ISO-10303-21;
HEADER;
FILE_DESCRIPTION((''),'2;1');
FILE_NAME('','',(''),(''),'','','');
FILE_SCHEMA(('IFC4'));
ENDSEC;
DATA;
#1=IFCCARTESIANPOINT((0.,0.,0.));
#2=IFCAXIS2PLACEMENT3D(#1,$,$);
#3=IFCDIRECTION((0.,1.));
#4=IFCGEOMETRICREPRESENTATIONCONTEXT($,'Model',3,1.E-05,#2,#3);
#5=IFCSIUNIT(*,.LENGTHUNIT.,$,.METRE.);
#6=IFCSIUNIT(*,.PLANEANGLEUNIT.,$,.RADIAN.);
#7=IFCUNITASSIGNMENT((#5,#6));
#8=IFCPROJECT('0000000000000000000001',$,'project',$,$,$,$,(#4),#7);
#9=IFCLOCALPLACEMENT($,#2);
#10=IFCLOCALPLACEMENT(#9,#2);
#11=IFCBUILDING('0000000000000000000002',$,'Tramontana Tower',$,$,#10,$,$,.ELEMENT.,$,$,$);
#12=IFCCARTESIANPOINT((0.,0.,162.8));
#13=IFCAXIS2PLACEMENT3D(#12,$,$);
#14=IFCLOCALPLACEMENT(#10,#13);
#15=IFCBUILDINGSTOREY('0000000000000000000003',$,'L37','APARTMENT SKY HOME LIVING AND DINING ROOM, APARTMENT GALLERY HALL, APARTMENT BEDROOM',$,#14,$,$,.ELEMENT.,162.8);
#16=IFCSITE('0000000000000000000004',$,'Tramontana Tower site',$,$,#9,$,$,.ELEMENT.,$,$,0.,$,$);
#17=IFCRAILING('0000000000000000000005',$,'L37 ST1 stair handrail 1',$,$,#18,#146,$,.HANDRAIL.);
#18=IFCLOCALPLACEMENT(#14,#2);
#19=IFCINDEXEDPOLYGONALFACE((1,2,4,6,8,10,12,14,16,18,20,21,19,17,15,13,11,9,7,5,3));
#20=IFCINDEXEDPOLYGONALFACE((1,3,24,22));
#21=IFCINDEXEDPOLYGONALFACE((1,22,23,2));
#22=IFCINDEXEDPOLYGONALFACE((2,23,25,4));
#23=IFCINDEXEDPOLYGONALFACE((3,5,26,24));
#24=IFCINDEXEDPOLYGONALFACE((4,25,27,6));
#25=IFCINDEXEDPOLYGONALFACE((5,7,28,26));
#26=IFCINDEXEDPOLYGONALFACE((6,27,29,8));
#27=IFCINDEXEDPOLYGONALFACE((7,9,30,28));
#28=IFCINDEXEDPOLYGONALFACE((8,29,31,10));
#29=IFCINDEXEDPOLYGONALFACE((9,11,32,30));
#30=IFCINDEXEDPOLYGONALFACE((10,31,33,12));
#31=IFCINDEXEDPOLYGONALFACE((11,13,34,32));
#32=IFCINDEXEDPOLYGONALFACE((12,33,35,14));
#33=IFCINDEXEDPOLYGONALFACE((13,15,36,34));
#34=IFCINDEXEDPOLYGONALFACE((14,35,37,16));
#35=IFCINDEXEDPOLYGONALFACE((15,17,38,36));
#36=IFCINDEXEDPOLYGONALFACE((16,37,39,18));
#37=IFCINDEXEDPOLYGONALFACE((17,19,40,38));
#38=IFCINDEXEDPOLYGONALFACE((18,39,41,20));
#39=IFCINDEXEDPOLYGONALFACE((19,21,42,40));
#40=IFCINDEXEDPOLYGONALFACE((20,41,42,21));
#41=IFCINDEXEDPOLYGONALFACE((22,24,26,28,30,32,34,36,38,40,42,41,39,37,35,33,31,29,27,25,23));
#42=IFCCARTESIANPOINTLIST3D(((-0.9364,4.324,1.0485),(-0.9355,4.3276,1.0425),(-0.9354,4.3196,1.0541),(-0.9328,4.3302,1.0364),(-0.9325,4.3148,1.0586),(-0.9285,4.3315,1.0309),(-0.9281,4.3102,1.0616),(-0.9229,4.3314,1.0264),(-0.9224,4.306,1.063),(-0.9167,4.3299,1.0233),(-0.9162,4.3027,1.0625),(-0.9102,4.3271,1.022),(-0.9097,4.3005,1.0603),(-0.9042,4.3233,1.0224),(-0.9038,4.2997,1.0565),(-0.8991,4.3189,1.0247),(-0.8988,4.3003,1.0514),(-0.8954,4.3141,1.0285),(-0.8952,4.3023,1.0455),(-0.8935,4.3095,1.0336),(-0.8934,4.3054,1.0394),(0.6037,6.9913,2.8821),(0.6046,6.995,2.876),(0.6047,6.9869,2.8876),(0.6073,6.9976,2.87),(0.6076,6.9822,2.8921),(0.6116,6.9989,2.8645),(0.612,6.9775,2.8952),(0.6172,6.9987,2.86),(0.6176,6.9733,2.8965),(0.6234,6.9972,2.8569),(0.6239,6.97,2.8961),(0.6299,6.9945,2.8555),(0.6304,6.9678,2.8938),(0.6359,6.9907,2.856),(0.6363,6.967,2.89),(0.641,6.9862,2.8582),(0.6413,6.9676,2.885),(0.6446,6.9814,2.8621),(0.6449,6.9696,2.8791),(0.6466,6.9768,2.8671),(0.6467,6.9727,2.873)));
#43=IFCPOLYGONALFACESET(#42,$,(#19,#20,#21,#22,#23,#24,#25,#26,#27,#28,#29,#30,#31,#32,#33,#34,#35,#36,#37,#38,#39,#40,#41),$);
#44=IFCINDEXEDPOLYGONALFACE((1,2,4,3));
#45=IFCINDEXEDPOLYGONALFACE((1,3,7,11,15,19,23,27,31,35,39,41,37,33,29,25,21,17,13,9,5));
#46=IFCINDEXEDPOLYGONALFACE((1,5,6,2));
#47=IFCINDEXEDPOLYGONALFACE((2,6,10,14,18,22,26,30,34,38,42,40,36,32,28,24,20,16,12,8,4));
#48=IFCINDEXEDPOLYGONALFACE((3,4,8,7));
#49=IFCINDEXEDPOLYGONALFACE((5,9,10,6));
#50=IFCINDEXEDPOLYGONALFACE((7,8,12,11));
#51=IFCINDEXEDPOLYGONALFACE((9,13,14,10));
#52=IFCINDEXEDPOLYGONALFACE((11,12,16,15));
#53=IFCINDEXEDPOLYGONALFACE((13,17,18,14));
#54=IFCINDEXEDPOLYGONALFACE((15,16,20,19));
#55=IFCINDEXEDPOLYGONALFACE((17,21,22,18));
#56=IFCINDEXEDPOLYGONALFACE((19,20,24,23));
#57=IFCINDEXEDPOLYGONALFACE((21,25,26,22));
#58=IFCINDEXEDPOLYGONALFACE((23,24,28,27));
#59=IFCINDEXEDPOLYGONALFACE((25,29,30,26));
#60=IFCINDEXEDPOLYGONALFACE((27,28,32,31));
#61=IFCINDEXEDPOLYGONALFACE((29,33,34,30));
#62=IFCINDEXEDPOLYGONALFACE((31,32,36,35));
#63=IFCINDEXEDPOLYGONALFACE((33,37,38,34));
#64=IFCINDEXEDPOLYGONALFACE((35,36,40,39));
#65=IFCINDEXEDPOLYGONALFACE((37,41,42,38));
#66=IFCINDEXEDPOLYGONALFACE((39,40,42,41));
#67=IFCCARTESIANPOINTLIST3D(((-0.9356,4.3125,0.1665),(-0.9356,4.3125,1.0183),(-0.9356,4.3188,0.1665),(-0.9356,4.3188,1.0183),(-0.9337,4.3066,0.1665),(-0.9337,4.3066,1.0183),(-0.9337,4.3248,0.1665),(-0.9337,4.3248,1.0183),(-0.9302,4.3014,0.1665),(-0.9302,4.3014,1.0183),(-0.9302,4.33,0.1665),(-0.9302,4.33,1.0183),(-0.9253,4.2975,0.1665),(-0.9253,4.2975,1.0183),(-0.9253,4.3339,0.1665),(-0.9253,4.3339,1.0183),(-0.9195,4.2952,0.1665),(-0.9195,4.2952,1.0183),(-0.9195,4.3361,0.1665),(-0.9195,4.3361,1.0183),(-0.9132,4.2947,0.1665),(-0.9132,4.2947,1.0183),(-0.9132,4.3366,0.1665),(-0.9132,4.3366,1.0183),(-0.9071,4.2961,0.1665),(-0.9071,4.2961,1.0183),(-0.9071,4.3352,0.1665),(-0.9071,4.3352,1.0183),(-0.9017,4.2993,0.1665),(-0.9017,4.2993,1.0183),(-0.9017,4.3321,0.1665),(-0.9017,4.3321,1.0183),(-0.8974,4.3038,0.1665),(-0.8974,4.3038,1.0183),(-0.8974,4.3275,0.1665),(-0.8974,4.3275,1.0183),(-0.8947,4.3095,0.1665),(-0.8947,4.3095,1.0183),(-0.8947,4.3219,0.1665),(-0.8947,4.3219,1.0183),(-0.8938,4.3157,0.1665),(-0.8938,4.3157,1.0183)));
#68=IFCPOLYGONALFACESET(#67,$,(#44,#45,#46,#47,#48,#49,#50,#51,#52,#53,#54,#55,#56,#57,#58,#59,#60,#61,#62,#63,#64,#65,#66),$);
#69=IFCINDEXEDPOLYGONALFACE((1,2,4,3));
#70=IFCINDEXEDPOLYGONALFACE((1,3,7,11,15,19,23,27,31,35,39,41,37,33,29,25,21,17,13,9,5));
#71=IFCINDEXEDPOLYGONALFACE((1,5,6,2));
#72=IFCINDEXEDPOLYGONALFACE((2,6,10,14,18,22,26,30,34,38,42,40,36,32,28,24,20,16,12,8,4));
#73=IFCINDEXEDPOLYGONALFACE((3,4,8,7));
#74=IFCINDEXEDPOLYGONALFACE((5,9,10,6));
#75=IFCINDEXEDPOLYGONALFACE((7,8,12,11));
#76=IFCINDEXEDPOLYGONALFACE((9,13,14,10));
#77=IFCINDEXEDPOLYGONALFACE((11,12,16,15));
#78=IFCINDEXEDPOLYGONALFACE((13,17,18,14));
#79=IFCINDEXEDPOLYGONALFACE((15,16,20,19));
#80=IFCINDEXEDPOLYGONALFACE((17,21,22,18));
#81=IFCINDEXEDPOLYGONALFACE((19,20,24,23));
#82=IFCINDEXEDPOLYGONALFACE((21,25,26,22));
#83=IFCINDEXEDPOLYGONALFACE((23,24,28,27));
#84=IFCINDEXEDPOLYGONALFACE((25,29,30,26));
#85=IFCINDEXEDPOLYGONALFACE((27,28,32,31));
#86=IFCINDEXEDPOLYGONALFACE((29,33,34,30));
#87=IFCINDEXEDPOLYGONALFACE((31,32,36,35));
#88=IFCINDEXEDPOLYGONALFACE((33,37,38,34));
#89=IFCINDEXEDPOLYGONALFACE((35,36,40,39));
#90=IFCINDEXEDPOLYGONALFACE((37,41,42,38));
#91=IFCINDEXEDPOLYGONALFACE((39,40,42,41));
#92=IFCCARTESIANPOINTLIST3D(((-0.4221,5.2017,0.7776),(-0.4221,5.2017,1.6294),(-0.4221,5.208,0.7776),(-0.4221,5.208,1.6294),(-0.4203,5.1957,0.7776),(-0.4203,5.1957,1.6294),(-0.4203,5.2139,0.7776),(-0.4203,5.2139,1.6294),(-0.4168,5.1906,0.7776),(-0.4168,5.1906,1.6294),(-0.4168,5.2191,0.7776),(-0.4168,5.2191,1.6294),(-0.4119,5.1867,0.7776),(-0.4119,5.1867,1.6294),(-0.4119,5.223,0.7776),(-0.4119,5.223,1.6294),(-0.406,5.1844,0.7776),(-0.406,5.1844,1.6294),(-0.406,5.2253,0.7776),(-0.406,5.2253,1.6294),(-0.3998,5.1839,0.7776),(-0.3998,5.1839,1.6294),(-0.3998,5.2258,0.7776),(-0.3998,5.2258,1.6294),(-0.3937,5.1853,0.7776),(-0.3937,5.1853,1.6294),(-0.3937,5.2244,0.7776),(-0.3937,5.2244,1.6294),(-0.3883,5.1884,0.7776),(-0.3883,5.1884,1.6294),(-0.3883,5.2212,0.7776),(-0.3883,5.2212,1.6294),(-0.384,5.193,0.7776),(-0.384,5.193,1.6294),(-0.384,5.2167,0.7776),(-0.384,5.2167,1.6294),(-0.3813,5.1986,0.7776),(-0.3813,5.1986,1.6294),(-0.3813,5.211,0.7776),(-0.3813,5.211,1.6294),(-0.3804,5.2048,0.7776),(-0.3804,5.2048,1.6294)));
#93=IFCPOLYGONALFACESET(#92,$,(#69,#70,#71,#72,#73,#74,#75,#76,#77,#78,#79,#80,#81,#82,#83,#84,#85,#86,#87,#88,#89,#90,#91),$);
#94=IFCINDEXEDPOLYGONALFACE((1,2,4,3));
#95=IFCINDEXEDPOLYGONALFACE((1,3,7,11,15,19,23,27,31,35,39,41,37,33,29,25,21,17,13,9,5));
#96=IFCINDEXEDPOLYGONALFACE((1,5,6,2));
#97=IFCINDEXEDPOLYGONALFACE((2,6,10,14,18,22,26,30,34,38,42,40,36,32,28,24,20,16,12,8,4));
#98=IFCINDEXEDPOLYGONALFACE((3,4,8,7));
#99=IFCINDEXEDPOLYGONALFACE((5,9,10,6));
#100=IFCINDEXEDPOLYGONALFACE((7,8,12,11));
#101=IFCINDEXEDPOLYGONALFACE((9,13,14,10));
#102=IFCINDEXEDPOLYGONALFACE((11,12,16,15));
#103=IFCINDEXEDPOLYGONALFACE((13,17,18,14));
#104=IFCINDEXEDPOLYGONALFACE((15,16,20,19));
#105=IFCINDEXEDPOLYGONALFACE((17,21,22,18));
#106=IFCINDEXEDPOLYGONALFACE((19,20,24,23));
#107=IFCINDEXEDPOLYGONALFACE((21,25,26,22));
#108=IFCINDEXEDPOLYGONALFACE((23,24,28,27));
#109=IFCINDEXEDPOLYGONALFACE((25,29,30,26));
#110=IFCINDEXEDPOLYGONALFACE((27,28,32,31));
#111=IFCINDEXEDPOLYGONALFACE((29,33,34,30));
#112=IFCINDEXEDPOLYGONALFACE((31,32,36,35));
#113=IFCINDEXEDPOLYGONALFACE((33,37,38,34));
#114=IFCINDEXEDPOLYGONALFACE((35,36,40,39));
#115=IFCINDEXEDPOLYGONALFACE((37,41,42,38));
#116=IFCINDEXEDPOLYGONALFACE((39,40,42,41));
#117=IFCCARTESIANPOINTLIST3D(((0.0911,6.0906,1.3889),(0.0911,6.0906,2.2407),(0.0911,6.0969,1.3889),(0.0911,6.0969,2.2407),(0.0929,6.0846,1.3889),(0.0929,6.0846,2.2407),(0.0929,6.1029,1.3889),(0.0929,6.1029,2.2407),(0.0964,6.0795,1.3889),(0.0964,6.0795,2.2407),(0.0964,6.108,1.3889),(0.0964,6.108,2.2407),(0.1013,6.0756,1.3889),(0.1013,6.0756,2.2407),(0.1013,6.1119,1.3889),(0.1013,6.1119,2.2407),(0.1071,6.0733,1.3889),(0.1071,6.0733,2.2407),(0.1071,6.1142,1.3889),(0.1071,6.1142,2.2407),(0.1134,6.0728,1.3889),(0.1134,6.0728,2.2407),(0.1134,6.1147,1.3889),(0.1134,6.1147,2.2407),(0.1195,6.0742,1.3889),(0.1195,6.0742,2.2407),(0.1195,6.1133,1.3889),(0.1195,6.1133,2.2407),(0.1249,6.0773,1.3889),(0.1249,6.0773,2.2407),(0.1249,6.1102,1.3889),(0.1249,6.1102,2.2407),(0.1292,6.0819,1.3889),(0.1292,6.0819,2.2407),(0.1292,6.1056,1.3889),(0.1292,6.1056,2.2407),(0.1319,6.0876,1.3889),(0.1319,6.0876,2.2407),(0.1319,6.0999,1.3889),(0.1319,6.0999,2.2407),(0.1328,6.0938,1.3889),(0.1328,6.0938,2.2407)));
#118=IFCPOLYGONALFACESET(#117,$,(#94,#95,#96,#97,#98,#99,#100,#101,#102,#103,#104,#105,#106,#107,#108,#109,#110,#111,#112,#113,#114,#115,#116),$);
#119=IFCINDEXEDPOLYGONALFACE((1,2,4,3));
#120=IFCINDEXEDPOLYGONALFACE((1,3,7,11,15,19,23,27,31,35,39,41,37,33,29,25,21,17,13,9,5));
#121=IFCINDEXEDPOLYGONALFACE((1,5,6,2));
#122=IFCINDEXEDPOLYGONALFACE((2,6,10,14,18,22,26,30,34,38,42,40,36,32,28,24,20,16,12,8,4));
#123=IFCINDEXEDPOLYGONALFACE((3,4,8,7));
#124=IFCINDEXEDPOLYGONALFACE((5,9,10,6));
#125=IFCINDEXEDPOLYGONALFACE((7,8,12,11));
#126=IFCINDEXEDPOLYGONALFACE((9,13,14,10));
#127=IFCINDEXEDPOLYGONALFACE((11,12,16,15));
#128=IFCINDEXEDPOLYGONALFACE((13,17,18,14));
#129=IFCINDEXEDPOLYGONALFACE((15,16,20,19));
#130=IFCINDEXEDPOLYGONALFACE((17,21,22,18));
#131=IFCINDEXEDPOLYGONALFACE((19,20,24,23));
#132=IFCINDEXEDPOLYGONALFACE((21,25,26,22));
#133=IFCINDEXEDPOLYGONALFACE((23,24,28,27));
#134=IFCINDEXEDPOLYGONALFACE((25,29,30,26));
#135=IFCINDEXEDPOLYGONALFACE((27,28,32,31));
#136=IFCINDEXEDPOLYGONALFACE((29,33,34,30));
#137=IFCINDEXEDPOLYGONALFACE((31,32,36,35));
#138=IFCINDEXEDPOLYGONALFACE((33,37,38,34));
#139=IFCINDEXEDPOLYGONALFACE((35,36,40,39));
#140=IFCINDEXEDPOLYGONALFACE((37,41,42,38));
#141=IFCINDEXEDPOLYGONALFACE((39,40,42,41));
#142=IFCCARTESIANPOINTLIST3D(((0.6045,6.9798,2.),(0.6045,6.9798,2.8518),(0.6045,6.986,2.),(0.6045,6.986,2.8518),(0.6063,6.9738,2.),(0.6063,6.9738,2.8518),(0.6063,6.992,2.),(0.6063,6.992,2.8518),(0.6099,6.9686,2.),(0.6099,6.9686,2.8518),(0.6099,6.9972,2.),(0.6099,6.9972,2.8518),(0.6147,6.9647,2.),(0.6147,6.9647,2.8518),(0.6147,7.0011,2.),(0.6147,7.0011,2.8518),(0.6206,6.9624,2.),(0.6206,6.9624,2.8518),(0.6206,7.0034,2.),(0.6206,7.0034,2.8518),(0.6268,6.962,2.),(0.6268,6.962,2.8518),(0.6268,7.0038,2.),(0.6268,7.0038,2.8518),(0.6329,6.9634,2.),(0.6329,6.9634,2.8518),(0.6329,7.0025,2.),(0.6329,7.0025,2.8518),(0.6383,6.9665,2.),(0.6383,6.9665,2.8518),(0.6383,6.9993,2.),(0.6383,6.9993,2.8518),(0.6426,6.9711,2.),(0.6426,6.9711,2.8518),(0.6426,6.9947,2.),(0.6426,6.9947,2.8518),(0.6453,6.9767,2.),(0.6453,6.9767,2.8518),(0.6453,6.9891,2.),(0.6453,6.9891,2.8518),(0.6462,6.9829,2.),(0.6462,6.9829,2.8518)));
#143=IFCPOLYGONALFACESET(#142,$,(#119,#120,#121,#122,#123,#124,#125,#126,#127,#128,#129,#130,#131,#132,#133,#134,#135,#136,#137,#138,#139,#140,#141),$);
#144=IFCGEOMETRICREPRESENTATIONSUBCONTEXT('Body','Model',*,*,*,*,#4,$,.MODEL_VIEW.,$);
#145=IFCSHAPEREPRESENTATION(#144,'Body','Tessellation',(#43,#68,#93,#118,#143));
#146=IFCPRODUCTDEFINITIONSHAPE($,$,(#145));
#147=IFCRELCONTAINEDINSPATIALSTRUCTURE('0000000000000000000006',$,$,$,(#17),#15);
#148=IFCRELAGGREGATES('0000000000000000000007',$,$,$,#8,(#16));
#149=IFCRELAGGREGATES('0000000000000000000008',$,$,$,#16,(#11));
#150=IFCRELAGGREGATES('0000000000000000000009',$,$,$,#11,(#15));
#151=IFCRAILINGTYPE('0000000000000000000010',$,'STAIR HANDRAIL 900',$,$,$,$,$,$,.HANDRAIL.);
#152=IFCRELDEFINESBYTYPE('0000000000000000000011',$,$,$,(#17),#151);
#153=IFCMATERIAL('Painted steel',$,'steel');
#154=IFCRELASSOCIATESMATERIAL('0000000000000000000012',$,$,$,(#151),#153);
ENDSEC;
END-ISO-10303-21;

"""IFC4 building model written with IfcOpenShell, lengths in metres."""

from ifc_helpers import new_model, si_unit, direction, frame, origin, origin_2d, place, context, subcontext, project, spatial, circle, extrude, material, type_object, element, save


model = new_model("IFC4")

# Units and contexts
model_context = context("Model", 3, precision=1e-05, world=origin(), true_north=direction((0.0, 1.0)))
body_context = subcontext(model_context, "Body", "Model", "MODEL_VIEW")
ifc_project = project(units=[si_unit("LENGTHUNIT", "METRE"), si_unit("PLANEANGLEUNIT", "RADIAN")], contexts=[model_context])

# Site, building, storey
site_placement = place(None, origin())
site = spatial("IfcSite", under=ifc_project, at=site_placement, Name="Tramontana Tower site", CompositionType="ELEMENT", RefElevation=0.0)
building_placement = place(site_placement, origin())
building = spatial("IfcBuilding", under=site, at=building_placement, Name="Tramontana Tower", CompositionType="ELEMENT")
storey_placement = place(building_placement, frame((0.0, 0.0, 162.8)))
storey = spatial("IfcBuildingStorey", under=building, at=storey_placement, Name="L37", Description="APARTMENT SKY HOME LIVING AND DINING ROOM, APARTMENT GALLERY HALL, APARTMENT BEDROOM", CompositionType="ELEMENT", Elevation=162.8)

# Railing
ifc_material_1 = material(Name="Painted steel", Category="steel")
railing_type_1 = type_object("IfcRailingType", Name="STAIR HANDRAIL 900", PredefinedType="HANDRAIL", material=ifc_material_1)
railing_1_placement = place(storey_placement, frame((-0.9148, 4.3157, 0.1665)))
element("IfcRailing", 1, at=railing_1_placement, inside=storey, type_object=railing_type_1, Name="L37 ST1 stair handrail 1", PredefinedType="HANDRAIL", context=body_context, shape_type="SweptSolid", body=[
    extrude(circle(Radius=0.0239, at=origin_2d()), frame((0.0, 0.0, 0.876), z_axis=(0.429656, 0.744134, 0.511528), x_axis=(-0.86601, 0.500027, 0.0)), (0.0, 0.0, 1.0), 3.5845),
    extrude(circle(Radius=0.021, at=origin_2d()), origin(), (0.0, 0.0, 1.0), 0.8518),
    extrude(circle(Radius=0.021, at=origin_2d()), frame((0.5134, 0.8892, 0.6111)), (0.0, 0.0, 1.0), 0.8518),
    extrude(circle(Radius=0.021, at=origin_2d()), frame((1.0266, 1.7781, 1.2224)), (0.0, 0.0, 1.0), 0.8518),
    extrude(circle(Radius=0.021, at=origin_2d()), frame((1.54, 2.6672, 1.8335)), (0.0, 0.0, 1.0), 0.8518),
])

save(model, "model.ifc")
